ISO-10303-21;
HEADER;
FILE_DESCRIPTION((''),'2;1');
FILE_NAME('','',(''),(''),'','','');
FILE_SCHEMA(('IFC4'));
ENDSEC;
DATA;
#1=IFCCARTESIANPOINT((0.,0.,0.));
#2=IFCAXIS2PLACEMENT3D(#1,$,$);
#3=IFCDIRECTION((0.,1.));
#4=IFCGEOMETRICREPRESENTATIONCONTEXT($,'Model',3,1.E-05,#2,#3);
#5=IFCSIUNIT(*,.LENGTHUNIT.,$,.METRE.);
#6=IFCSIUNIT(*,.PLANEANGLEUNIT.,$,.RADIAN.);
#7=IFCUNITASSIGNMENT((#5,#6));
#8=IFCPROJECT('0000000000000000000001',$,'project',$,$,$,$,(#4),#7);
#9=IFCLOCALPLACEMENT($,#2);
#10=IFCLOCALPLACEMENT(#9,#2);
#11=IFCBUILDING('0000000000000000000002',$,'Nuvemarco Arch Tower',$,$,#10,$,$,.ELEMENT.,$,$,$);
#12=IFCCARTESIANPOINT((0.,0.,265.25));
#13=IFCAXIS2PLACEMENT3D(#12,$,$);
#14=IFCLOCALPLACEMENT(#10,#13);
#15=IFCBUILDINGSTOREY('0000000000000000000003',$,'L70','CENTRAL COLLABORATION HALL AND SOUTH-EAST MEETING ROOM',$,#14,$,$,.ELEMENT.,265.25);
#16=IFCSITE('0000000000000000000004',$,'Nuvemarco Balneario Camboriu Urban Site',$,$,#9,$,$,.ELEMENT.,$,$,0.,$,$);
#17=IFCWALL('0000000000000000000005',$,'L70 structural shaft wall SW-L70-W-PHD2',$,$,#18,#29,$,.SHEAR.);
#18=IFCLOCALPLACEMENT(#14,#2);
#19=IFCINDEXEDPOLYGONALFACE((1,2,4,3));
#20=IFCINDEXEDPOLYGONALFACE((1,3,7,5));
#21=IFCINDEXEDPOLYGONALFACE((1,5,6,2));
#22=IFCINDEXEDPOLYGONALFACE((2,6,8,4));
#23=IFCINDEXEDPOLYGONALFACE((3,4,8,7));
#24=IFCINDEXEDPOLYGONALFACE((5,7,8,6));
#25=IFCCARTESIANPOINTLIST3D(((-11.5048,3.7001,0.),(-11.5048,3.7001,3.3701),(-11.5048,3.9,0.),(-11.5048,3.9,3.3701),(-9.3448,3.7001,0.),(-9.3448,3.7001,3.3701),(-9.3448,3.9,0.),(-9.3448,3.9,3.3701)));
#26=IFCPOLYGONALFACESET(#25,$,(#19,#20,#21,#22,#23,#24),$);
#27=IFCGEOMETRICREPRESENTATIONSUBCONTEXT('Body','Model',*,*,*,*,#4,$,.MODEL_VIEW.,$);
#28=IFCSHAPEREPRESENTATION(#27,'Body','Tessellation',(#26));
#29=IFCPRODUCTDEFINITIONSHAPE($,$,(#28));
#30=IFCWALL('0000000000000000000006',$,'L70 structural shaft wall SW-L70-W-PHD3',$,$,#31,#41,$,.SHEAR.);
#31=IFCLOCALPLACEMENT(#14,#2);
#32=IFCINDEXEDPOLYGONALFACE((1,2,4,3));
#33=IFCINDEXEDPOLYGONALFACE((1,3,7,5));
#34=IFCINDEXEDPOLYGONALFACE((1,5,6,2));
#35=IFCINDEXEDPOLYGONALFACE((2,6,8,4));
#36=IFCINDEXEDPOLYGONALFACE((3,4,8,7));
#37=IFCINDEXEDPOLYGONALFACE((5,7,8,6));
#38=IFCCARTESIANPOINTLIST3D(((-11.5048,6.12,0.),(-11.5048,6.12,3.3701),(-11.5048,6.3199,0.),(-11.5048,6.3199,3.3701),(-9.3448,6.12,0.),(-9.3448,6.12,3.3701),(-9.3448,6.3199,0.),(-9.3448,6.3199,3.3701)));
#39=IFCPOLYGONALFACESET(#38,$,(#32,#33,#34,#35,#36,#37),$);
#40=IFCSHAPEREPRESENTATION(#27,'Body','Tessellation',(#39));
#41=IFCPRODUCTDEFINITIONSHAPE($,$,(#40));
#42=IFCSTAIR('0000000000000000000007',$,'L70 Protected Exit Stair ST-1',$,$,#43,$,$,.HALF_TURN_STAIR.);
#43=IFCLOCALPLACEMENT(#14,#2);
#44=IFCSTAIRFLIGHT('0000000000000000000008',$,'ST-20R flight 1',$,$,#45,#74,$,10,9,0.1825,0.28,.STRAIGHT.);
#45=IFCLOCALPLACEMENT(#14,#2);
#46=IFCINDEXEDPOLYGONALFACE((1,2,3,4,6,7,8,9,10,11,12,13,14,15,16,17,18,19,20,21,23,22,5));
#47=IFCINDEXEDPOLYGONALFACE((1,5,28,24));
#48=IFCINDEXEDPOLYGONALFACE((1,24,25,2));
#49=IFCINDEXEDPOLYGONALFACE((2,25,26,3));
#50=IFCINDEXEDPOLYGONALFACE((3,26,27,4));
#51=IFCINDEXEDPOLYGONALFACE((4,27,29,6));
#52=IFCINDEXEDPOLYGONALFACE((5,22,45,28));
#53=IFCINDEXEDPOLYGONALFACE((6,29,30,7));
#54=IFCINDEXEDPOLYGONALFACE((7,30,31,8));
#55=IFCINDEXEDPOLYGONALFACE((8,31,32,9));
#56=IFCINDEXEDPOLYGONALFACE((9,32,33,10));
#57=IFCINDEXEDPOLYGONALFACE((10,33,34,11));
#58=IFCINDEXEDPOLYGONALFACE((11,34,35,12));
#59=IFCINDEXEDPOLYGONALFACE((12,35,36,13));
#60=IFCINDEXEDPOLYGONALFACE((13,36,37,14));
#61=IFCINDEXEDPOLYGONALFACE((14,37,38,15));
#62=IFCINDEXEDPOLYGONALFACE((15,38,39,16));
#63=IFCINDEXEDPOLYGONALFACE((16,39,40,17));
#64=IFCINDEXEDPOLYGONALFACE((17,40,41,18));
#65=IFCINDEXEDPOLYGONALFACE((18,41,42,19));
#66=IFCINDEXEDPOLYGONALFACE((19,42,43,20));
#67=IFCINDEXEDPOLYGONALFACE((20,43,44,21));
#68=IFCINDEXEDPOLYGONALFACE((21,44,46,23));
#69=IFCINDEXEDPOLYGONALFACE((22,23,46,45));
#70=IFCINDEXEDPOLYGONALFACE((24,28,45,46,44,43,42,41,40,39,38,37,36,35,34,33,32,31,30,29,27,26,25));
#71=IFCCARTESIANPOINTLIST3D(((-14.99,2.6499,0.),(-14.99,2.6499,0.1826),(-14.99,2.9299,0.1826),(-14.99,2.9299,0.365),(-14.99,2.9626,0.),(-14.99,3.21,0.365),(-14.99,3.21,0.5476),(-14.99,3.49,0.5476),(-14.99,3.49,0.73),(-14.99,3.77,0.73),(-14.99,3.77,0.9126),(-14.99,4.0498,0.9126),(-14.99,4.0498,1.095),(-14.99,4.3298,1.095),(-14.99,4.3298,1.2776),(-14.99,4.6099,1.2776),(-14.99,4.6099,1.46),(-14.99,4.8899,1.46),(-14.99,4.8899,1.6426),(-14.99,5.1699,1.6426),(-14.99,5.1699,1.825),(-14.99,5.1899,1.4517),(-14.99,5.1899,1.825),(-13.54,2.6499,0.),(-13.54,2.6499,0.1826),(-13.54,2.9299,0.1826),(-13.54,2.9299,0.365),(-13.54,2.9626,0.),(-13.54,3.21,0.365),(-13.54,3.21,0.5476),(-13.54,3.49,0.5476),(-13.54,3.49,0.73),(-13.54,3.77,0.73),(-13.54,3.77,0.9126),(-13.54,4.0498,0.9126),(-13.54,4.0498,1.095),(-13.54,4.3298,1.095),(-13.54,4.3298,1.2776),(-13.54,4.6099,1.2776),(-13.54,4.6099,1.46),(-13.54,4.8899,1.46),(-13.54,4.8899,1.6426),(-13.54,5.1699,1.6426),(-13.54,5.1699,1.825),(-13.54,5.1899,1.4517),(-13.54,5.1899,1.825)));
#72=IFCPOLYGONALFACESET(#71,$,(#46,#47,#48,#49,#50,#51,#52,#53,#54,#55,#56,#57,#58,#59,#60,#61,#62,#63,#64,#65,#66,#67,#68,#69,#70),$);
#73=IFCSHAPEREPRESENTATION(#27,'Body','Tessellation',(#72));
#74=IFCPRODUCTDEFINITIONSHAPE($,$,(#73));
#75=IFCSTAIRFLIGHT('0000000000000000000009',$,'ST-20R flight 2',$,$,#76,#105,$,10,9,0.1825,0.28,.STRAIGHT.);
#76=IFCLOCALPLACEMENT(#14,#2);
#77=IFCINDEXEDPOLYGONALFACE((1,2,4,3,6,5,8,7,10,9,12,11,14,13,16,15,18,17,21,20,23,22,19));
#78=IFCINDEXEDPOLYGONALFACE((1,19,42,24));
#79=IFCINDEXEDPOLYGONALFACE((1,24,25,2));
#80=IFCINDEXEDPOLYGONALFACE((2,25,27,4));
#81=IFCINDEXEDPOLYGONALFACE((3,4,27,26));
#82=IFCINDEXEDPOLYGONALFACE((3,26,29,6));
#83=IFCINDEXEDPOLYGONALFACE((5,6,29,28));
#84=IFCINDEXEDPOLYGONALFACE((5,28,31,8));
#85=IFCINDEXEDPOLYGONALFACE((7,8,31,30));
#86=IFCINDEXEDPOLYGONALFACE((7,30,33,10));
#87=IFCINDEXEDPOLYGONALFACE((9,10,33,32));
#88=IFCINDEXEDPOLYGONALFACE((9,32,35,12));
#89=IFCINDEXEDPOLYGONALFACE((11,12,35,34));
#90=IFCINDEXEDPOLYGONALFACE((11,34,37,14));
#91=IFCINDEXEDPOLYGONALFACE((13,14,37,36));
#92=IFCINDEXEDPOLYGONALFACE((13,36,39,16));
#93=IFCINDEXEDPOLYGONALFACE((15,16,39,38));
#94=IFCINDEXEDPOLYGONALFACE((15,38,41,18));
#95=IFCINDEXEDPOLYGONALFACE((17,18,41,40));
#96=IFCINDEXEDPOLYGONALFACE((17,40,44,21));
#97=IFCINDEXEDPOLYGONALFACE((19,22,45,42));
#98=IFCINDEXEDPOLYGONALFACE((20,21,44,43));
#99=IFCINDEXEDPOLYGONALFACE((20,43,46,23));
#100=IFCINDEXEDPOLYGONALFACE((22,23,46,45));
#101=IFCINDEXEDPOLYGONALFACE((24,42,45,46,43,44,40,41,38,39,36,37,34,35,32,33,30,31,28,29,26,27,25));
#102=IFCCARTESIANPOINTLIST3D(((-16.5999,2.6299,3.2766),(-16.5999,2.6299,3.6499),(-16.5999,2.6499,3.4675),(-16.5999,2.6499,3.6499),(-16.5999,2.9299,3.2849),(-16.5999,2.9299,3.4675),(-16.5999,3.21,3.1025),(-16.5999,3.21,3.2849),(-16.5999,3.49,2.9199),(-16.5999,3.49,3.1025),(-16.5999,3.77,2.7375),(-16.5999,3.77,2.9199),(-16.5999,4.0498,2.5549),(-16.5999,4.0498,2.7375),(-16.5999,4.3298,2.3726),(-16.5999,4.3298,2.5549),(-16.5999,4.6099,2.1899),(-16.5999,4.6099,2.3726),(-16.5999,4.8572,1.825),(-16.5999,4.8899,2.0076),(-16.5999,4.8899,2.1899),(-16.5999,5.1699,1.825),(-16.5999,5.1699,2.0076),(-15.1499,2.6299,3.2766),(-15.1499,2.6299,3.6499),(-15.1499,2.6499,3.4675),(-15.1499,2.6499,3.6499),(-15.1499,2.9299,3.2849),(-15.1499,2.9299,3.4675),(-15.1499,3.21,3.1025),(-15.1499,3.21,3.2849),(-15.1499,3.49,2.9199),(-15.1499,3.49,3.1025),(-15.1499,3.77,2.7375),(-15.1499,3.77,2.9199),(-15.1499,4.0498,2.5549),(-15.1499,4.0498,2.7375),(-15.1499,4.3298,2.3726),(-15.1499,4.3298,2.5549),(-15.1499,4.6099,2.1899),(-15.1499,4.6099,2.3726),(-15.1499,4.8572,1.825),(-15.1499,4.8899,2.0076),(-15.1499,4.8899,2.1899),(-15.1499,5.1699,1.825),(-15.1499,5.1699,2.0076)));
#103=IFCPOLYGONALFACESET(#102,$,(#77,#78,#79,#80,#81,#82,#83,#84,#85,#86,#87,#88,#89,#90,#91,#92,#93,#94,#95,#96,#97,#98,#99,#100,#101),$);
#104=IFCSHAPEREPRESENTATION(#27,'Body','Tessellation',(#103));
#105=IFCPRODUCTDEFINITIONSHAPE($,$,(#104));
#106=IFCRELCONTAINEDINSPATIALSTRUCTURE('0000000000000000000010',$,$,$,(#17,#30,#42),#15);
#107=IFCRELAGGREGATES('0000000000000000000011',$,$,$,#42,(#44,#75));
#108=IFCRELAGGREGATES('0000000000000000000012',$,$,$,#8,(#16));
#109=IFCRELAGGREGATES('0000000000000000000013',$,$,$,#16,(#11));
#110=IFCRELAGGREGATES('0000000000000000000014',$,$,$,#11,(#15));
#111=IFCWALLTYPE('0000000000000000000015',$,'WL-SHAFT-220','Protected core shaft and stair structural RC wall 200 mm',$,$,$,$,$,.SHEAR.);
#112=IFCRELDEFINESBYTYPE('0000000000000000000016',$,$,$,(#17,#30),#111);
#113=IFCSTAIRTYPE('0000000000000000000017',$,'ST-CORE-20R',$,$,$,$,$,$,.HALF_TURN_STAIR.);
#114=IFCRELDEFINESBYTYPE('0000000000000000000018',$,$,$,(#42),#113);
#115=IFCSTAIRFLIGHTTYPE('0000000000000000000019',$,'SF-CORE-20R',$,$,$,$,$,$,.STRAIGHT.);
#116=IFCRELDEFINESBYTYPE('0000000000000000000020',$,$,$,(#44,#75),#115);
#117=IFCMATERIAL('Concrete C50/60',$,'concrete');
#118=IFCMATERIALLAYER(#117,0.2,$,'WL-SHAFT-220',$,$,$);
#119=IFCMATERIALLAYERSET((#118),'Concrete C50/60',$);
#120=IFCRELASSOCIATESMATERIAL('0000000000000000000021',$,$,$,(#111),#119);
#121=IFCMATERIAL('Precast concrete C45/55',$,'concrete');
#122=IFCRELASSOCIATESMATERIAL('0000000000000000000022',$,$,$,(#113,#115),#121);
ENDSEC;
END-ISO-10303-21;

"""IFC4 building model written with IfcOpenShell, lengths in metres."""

from ifc_helpers import new_model, si_unit, direction, frame, frame_2d, origin, place, context, subcontext, project, spatial, polyline, rectangle, outline, extrude, material, layer, layer_set, type_object, element, aggregate, save


model = new_model("IFC4")

# Units and contexts
model_context = context("Model", 3, precision=1e-05, world=origin(), true_north=direction((0.0, 1.0)))
body_context = subcontext(model_context, "Body", "Model", "MODEL_VIEW")
ifc_project = project(units=[si_unit("LENGTHUNIT", "METRE"), si_unit("PLANEANGLEUNIT", "RADIAN")], contexts=[model_context])

# Site, building, storey
site_placement = place(None, origin())
site = spatial("IfcSite", under=ifc_project, at=site_placement, Name="Nuvemarco Balneario Camboriu Urban Site", CompositionType="ELEMENT", RefElevation=0.0)
building_placement = place(site_placement, origin())
building = spatial("IfcBuilding", under=site, at=building_placement, Name="Nuvemarco Arch Tower", CompositionType="ELEMENT")
storey_placement = place(building_placement, frame((0.0, 0.0, 265.25)))
storey = spatial("IfcBuildingStorey", under=building, at=storey_placement, Name="L70", Description="CENTRAL COLLABORATION HALL AND SOUTH-EAST MEETING ROOM", CompositionType="ELEMENT", Elevation=265.25)

# Shared definitions
ifc_material_1 = material(Name="Concrete C50/60", Category="concrete")

# Shared definitions
ifc_layer_1 = layer(ifc_material_1, 0.2, Name="WL-SHAFT-220")
ifc_layer_set_1 = layer_set([ifc_layer_1], Name="Concrete C50/60")
wall_type_1 = type_object("IfcWallType", Name="WL-SHAFT-220", Description="Protected core shaft and stair structural RC wall 200 mm", PredefinedType="SHEAR", material=ifc_layer_set_1)

# Walls
for number, where, z_axis, x_axis, name in (
    (1, (-11.5049, 3.8, 0.0), (0.0, 0.0, 1.0), (1.0, 0.0, 0.0), "L70 structural shaft wall SW-L70-W-PHD2"),
    (2, (-11.5049, 6.22, 0.0), (0.0, 0.0, 1.0), (1.0, 0.0, 0.0), "L70 structural shaft wall SW-L70-W-PHD3"),
):
    element("IfcWall", number, at=place(storey_placement, frame(where, z_axis=z_axis, x_axis=x_axis)), inside=storey, type_object=wall_type_1, Name=name, PredefinedType="SHEAR", context=body_context, shape_type="SweptSolid", body=[
        extrude(rectangle(XDim=2.1599, YDim=0.2, at=frame_2d((1.0801, 0.0))), origin(), (0.0, 0.0, 1.0), 3.3701),
    ])

# Stair, stair flights
ifc_material_2 = material(Name="Precast concrete C45/55", Category="concrete")
stair_type = type_object("IfcStairType", Name="ST-CORE-20R", PredefinedType="HALF_TURN_STAIR", material=ifc_material_2)
stair_placement = place(storey_placement, origin())
stair = element("IfcStair", 3, at=stair_placement, inside=storey, type_object=stair_type, Name="L70 Protected Exit Stair ST-1", PredefinedType="HALF_TURN_STAIR")
stair_flight_type = type_object("IfcStairFlightType", Name="SF-CORE-20R", PredefinedType="STRAIGHT", material=ifc_material_2)
stair_flight_1_placement = place(storey_placement, frame((-14.2649, 2.6499, 0.0), z_axis=(0.0, 0.0, 1.0), x_axis=(0.0, 1.0, 0.0)))
stair_flight_1 = element("IfcStairFlight", 4, at=stair_flight_1_placement, type_object=stair_flight_type, Name="ST-20R flight 1", NumberOfRisers=10, NumberOfTreads=9, PredefinedType="STRAIGHT", RiserHeight=0.1825, TreadLength=0.28, context=body_context, shape_type="SweptSolid", body=[
    extrude(outline(polyline([(0.0, 0.0), (0.0, 0.1826), (0.28, 0.1826), (0.28, 0.365), (0.5601, 0.365), (0.5601, 0.5476), (0.8401, 0.5476), (0.8401, 0.73), (1.1201, 0.73), (1.1201, 0.9126), (1.3999, 0.9126), (1.3999, 1.095), (1.6799, 1.095), (1.6799, 1.2776), (1.96, 1.2776), (1.96, 1.46), (2.24, 1.46), (2.24, 1.6426), (2.52, 1.6426), (2.52, 1.825), (2.54, 1.825), (2.54, 1.4517), (0.3127, 0.0), (0.0, 0.0)])), frame((0.0, 0.7251, 0.0), z_axis=(0.0, -1.0, 0.0), x_axis=(1.0, 0.0, 0.0)), (0.0, 0.0, 1.0), 1.45),
])
stair_flight_2_placement = place(storey_placement, frame((-15.875, 5.1699, 1.825), z_axis=(0.0, 0.0, 1.0), x_axis=(0.0, -1.0, 0.0)))
stair_flight_2 = element("IfcStairFlight", 5, at=stair_flight_2_placement, type_object=stair_flight_type, Name="ST-20R flight 2", NumberOfRisers=10, NumberOfTreads=9, PredefinedType="STRAIGHT", RiserHeight=0.1825, TreadLength=0.28, context=body_context, shape_type="SweptSolid", body=[
    extrude(outline(polyline([(0.0, 0.0), (0.0, 0.1826), (0.28, 0.1826), (0.28, 0.365), (0.5601, 0.365), (0.5601, 0.5476), (0.8401, 0.5476), (0.8401, 0.73), (1.1201, 0.73), (1.1201, 0.9126), (1.3999, 0.9126), (1.3999, 1.095), (1.6799, 1.095), (1.6799, 1.2776), (1.96, 1.2776), (1.96, 1.46), (2.24, 1.46), (2.24, 1.6426), (2.52, 1.6426), (2.52, 1.825), (2.54, 1.825), (2.54, 1.4517), (0.3127, 0.0), (0.0, 0.0)])), frame((0.0, 0.7251, 0.0), z_axis=(0.0, -1.0, 0.0), x_axis=(1.0, 0.0, 0.0)), (0.0, 0.0, 1.0), 1.45),
])
aggregate(stair, [stair_flight_1, stair_flight_2])

save(model, "model.ifc")
